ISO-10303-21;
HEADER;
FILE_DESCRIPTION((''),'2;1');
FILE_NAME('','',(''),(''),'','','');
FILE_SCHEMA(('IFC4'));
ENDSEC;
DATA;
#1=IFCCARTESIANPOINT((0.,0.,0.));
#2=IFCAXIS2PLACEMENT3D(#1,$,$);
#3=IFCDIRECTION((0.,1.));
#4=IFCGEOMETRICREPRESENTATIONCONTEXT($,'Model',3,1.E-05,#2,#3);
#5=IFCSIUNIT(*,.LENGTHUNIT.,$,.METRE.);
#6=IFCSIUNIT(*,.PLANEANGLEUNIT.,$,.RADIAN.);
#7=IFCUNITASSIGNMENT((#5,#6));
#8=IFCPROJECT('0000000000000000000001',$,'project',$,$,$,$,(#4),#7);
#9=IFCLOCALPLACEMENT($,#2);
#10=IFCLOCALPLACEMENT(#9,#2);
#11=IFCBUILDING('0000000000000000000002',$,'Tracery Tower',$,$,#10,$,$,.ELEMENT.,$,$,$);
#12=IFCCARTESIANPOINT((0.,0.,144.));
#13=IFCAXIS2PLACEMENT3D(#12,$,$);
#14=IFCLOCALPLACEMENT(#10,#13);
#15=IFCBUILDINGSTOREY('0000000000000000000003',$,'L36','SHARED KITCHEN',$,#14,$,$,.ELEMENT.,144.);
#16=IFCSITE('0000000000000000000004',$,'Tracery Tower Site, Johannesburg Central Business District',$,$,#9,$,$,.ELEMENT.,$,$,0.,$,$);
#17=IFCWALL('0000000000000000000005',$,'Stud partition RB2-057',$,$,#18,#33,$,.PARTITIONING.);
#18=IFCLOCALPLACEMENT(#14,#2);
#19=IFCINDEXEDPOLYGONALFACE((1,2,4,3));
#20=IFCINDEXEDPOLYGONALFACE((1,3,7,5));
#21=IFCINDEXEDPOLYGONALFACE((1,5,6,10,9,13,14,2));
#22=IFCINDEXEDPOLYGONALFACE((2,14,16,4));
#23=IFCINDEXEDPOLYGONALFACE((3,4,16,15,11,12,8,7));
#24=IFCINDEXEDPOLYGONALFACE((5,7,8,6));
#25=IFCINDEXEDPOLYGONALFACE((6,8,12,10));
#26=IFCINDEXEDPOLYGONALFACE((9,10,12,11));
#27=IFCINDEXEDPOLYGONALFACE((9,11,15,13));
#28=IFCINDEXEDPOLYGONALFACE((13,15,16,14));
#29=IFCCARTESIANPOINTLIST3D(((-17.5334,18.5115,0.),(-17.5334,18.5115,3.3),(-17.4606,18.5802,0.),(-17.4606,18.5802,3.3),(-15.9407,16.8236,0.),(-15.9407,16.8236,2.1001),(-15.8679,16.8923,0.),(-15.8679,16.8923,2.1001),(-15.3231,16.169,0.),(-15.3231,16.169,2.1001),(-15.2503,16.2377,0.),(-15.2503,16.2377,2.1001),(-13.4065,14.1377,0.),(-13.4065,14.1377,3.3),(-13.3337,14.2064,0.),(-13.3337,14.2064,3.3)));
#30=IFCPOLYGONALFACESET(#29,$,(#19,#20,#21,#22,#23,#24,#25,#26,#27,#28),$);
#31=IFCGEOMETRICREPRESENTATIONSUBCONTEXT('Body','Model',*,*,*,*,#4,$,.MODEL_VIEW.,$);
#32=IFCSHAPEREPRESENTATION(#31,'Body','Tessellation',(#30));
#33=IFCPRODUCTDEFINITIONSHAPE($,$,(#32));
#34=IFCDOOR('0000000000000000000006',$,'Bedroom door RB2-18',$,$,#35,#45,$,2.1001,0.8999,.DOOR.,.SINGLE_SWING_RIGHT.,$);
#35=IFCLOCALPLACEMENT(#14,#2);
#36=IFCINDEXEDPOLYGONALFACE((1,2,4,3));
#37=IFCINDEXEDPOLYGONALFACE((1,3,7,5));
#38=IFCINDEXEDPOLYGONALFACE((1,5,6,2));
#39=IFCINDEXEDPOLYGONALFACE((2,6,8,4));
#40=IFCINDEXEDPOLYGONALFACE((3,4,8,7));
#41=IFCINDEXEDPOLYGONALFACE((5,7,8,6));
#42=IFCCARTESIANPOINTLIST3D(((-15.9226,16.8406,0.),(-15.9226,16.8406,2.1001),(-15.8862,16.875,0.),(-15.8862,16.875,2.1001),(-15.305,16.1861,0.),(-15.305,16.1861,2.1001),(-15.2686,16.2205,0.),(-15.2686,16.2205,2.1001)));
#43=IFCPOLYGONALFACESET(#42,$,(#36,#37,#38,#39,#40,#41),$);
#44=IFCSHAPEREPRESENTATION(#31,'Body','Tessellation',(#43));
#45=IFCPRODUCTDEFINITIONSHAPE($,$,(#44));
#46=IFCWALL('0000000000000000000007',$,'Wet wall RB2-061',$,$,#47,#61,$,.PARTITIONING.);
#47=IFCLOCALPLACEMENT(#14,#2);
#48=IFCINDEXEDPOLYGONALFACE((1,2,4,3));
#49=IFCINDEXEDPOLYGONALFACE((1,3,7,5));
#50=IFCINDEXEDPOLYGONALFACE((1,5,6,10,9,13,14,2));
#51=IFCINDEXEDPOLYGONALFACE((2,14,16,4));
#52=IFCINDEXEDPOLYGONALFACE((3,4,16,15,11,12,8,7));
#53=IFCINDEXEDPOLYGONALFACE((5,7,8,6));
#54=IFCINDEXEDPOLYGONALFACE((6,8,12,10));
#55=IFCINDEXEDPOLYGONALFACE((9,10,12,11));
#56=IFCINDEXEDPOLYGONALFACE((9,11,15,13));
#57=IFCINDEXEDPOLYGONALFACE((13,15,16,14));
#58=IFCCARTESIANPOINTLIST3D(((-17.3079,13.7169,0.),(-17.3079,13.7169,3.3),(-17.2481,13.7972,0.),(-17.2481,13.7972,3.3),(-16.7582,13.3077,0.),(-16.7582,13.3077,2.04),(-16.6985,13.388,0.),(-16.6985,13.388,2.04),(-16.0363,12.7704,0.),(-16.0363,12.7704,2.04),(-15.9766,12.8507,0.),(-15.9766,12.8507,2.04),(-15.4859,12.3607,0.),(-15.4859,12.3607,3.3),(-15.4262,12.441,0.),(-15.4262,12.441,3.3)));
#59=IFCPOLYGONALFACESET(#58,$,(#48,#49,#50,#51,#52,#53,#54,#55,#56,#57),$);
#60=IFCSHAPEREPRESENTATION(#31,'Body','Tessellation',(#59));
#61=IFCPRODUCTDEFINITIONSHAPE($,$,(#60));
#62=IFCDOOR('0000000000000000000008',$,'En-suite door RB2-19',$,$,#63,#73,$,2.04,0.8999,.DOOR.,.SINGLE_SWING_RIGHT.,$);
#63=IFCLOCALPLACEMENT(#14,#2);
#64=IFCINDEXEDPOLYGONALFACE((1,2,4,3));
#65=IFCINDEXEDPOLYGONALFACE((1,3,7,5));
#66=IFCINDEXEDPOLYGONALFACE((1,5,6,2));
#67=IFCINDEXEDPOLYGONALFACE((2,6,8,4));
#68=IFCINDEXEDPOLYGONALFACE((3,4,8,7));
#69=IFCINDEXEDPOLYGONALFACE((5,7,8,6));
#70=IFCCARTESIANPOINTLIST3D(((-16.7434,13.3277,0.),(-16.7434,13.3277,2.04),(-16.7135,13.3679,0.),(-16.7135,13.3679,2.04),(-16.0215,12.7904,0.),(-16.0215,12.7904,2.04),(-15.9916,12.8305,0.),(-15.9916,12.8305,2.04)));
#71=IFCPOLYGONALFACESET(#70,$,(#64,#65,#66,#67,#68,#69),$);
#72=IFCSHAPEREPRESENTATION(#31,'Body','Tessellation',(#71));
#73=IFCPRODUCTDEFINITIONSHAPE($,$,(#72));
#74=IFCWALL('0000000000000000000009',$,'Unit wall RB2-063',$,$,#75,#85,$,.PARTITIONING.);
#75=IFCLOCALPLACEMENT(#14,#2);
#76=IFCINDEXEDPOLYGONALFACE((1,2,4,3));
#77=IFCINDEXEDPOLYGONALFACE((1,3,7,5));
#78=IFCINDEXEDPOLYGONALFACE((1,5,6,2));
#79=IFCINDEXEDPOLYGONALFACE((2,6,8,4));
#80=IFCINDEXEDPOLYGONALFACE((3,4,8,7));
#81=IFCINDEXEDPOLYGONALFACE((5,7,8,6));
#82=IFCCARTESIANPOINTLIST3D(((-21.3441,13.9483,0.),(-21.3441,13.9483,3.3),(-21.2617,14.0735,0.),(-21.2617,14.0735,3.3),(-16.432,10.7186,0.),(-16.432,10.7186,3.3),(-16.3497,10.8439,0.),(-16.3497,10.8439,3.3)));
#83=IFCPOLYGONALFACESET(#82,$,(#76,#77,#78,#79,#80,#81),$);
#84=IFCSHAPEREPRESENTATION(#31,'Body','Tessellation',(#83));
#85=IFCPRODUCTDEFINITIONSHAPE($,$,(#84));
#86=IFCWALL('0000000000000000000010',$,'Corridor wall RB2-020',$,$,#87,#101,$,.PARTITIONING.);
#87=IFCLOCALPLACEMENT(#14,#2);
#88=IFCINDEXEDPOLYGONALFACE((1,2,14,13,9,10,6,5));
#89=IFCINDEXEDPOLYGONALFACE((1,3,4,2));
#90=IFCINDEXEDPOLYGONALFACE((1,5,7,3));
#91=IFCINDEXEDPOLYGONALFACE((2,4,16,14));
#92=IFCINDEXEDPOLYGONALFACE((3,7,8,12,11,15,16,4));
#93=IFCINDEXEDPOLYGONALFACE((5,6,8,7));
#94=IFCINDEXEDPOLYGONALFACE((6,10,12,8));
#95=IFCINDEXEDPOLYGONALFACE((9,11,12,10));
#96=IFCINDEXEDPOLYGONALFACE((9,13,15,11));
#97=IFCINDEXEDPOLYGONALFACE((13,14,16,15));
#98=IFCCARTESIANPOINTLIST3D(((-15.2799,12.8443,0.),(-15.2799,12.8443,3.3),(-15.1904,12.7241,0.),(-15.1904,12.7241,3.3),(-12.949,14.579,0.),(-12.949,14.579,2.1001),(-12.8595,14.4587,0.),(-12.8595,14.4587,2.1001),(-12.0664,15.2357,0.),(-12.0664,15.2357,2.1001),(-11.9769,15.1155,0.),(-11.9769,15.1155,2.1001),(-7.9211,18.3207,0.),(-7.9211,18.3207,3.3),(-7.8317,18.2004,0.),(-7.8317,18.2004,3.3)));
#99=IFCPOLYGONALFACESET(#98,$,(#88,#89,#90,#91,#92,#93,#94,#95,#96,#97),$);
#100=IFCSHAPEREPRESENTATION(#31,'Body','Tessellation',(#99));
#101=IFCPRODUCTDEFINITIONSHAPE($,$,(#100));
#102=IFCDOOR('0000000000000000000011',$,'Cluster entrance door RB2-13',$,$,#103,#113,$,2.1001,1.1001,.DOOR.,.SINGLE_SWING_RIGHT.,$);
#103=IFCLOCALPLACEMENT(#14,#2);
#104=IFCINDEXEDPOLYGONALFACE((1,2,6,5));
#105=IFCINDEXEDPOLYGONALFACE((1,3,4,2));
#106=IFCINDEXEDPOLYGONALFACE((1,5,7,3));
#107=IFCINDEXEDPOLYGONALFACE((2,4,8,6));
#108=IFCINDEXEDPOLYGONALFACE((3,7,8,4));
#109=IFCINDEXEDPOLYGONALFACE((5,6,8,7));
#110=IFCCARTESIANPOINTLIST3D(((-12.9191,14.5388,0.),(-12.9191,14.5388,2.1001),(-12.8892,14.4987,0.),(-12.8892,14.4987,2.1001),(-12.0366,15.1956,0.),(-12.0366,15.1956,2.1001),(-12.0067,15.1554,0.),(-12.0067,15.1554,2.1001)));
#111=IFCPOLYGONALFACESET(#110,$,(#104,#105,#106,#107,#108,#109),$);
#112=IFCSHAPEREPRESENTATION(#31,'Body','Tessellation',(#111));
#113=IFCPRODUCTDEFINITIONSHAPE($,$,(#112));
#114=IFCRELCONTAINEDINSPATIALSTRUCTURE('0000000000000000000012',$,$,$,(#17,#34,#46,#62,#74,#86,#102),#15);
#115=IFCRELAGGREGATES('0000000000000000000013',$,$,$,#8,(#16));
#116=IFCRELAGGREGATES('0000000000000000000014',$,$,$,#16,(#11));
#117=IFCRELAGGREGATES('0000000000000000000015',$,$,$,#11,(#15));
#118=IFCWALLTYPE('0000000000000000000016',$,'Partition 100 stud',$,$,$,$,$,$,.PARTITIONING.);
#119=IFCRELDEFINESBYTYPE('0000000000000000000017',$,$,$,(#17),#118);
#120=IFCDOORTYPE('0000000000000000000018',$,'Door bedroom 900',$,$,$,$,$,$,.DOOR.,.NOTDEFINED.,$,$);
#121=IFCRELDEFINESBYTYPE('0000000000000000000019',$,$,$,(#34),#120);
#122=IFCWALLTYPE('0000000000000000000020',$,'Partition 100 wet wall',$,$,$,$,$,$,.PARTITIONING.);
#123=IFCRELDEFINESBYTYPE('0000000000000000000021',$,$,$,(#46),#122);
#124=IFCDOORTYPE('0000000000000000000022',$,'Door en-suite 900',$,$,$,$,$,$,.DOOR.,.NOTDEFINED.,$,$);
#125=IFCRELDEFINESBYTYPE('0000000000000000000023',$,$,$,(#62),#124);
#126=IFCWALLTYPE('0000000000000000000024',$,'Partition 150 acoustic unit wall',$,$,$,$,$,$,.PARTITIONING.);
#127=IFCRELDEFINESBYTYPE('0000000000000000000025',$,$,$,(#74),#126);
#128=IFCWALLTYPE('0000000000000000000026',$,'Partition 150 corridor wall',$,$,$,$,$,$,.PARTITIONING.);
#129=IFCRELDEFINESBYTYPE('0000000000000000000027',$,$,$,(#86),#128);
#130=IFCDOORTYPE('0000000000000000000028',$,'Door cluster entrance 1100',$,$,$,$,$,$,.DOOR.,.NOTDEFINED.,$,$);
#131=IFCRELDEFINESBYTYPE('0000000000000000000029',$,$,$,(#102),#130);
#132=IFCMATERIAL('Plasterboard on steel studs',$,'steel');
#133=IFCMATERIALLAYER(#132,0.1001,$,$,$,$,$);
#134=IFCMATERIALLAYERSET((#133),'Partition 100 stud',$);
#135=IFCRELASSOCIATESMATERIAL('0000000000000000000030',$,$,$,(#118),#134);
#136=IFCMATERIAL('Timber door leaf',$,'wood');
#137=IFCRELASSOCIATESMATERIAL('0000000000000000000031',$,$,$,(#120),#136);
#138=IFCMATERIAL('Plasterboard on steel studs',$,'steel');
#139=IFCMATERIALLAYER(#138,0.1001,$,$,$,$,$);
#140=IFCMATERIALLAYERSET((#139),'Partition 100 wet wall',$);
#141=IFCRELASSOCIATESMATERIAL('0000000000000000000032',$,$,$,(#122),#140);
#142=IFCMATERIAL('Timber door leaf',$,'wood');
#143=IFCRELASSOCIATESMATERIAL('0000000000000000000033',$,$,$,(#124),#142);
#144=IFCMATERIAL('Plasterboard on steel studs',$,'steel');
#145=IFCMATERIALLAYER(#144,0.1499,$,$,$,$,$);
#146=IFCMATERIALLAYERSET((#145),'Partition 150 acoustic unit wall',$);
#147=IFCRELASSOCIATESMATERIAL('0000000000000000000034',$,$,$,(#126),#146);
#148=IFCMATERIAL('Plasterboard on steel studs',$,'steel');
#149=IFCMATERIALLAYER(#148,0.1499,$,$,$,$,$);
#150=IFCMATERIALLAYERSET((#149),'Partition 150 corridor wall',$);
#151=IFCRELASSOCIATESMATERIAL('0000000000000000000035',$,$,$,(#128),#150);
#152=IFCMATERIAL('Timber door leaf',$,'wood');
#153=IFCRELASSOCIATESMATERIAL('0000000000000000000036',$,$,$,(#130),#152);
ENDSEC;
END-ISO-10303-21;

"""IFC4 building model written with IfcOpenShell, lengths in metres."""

from ifc_helpers import new_model, si_unit, direction, frame, frame_2d, origin, place, context, subcontext, project, spatial, rectangle, extrude, material, layer, layer_set, type_object, element, fill, save


model = new_model("IFC4")

# Units and contexts
model_context = context("Model", 3, precision=1e-05, world=origin(), true_north=direction((0.0, 1.0)))
body_context = subcontext(model_context, "Body", "Model", "MODEL_VIEW")
ifc_project = project(units=[si_unit("LENGTHUNIT", "METRE"), si_unit("PLANEANGLEUNIT", "RADIAN")], contexts=[model_context])

# Site, building, storey
site_placement = place(None, origin())
site = spatial("IfcSite", under=ifc_project, at=site_placement, Name="Tracery Tower Site, Johannesburg Central Business District", CompositionType="ELEMENT", RefElevation=0.0)
building_placement = place(site_placement, origin())
building = spatial("IfcBuilding", under=site, at=building_placement, Name="Tracery Tower", CompositionType="ELEMENT")
storey_placement = place(building_placement, frame((0.0, 0.0, 144.0)))
storey = spatial("IfcBuildingStorey", under=building, at=storey_placement, Name="L36", Description="SHARED KITCHEN", CompositionType="ELEMENT", Elevation=144.0)

# Walls, openings, doors
ifc_material_1 = material(Name="Plasterboard on steel studs", Category="steel")
ifc_layer_1 = layer(ifc_material_1, 0.1001)
ifc_layer_set_1 = layer_set([ifc_layer_1], Name="Partition 100 stud")
wall_type_1 = type_object("IfcWallType", Name="Partition 100 stud", PredefinedType="PARTITIONING", material=ifc_layer_set_1)
wall_1_placement = place(storey_placement, frame((-17.4971, 18.5459, 0.0), z_axis=(0.0, 0.0, 1.0), x_axis=(0.686286, -0.727332, 0.0)))
wall_1 = element("IfcWall", 1, at=wall_1_placement, inside=storey, type_object=wall_type_1, Name="Stud partition RB2-057", PredefinedType="PARTITIONING", context=body_context, shape_type="SweptSolid", body=[
    extrude(rectangle(XDim=6.0134, YDim=0.1001, at=frame_2d((3.0068, 0.0))), origin(), (0.0, 0.0, 1.0), 3.3),
])
opening_1_placement = place(wall_1_placement, frame((2.3208, 0.0, 0.0)))
opening_1 = element("IfcOpeningElement", 2, at=opening_1_placement, cuts=wall_1, PredefinedType="OPENING", context=body_context, shape_type="SweptSolid", body=[
    extrude(rectangle(XDim=0.8999, YDim=2.1001, at=frame_2d((0.45, 1.05))), frame((0.0, 0.05, 0.0), z_axis=(0.0, -1.0, 0.0), x_axis=(1.0, 0.0, 0.0)), (0.0, 0.0, 1.0), 0.1001),
])
ifc_material_2 = material(Name="Timber door leaf", Category="wood")
door_type_1 = type_object("IfcDoorType", Name="Door bedroom 900", OperationType="NOTDEFINED", PredefinedType="DOOR", material=ifc_material_2)
door_1_placement = place(opening_1_placement, origin())
door_1 = element("IfcDoor", 3, at=door_1_placement, inside=storey, type_object=door_type_1, Name="Bedroom door RB2-18", OperationType="SINGLE_SWING_RIGHT", OverallHeight=2.1001, OverallWidth=0.8999, PredefinedType="DOOR", context=body_context, shape_type="SweptSolid", body=[
    extrude(rectangle(XDim=0.8999, YDim=2.1001, at=frame_2d((0.45, 1.05))), frame((0.0, 0.0249, 0.0), z_axis=(0.0, -1.0, 0.0), x_axis=(1.0, 0.0, 0.0)), (0.0, 0.0, 1.0), 0.05),
])
fill(opening_1, door_1)
ifc_material_3 = material(Name="Plasterboard on steel studs", Category="steel")
ifc_layer_2 = layer(ifc_material_3, 0.1001)
ifc_layer_set_2 = layer_set([ifc_layer_2], Name="Partition 100 wet wall")
wall_type_2 = type_object("IfcWallType", Name="Partition 100 wet wall", PredefinedType="PARTITIONING", material=ifc_layer_set_2)
wall_2_placement = place(storey_placement, frame((-17.2781, 13.7571, 0.0), z_axis=(0.0, 0.0, 1.0), x_axis=(0.802175, -0.59709, 0.0)))
wall_2 = element("IfcWall", 4, at=wall_2_placement, inside=storey, type_object=wall_type_2, Name="Wet wall RB2-061", PredefinedType="PARTITIONING", context=body_context, shape_type="SweptSolid", body=[
    extrude(rectangle(XDim=2.2712, YDim=0.1001, at=frame_2d((1.1357, 0.0))), origin(), (0.0, 0.0, 1.0), 3.3),
])
opening_2_placement = place(wall_2_placement, frame((0.6853, 0.0, 0.0)))
opening_2 = element("IfcOpeningElement", 5, at=opening_2_placement, cuts=wall_2, PredefinedType="OPENING", context=body_context, shape_type="SweptSolid", body=[
    extrude(rectangle(XDim=0.8999, YDim=2.04, at=frame_2d((0.45, 1.02))), frame((0.0, 0.05, 0.0), z_axis=(0.0, -1.0, 0.0), x_axis=(1.0, 0.0, 0.0)), (0.0, 0.0, 1.0), 0.1001),
])
ifc_material_4 = material(Name="Timber door leaf", Category="wood")
door_type_2 = type_object("IfcDoorType", Name="Door en-suite 900", OperationType="NOTDEFINED", PredefinedType="DOOR", material=ifc_material_4)
door_2_placement = place(opening_2_placement, origin())
door_2 = element("IfcDoor", 6, at=door_2_placement, inside=storey, type_object=door_type_2, Name="En-suite door RB2-19", OperationType="SINGLE_SWING_RIGHT", OverallHeight=2.04, OverallWidth=0.8999, PredefinedType="DOOR", context=body_context, shape_type="SweptSolid", body=[
    extrude(rectangle(XDim=0.8999, YDim=2.04, at=frame_2d((0.45, 1.02))), frame((0.0, 0.0249, 0.0), z_axis=(0.0, -1.0, 0.0), x_axis=(1.0, 0.0, 0.0)), (0.0, 0.0, 1.0), 0.05),
])
fill(opening_2, door_2)

# Wall
ifc_material_5 = material(Name="Plasterboard on steel studs", Category="steel")
ifc_layer_3 = layer(ifc_material_5, 0.1499)
ifc_layer_set_3 = layer_set([ifc_layer_3], Name="Partition 150 acoustic unit wall")
wall_type_3 = type_object("IfcWallType", Name="Partition 150 acoustic unit wall", PredefinedType="PARTITIONING", material=ifc_layer_set_3)
wall_3_placement = place(storey_placement, frame((-21.303, 14.011, 0.0), z_axis=(0.0, 0.0, 1.0), x_axis=(0.835567, -0.549389, 0.0)))
element("IfcWall", 7, at=wall_3_placement, inside=storey, type_object=wall_type_3, Name="Unit wall RB2-063", PredefinedType="PARTITIONING", context=body_context, shape_type="SweptSolid", body=[
    extrude(rectangle(XDim=5.8787, YDim=0.1499, at=frame_2d((2.9395, 0.0))), origin(), (0.0, 0.0, 1.0), 3.3),
])

# Wall, opening, door
ifc_material_6 = material(Name="Plasterboard on steel studs", Category="steel")
ifc_layer_4 = layer(ifc_material_6, 0.1499)
ifc_layer_set_4 = layer_set([ifc_layer_4], Name="Partition 150 corridor wall")
wall_type_4 = type_object("IfcWallType", Name="Partition 150 corridor wall", PredefinedType="PARTITIONING", material=ifc_layer_set_4)
wall_4_placement = place(storey_placement, frame((-15.2351, 12.7842, 0.0), z_axis=(0.0, 0.0, 1.0), x_axis=(0.802227, 0.597019, 0.0)))
wall_4 = element("IfcWall", 8, at=wall_4_placement, inside=storey, type_object=wall_type_4, Name="Corridor wall RB2-020", PredefinedType="PARTITIONING", context=body_context, shape_type="SweptSolid", body=[
    extrude(rectangle(XDim=9.1729, YDim=0.1499, at=frame_2d((4.5864, 0.0))), origin(), (0.0, 0.0, 1.0), 3.3),
])
opening_3_placement = place(wall_4_placement, frame((2.9055, 0.0, 0.0)))
opening_3 = element("IfcOpeningElement", 9, at=opening_3_placement, cuts=wall_4, PredefinedType="OPENING", context=body_context, shape_type="SweptSolid", body=[
    extrude(rectangle(XDim=1.1001, YDim=2.1001, at=frame_2d((0.55, 1.05))), frame((0.0, 0.075, 0.0), z_axis=(0.0, -1.0, 0.0), x_axis=(1.0, 0.0, 0.0)), (0.0, 0.0, 1.0), 0.1499),
])
ifc_material_7 = material(Name="Timber door leaf", Category="wood")
door_type_3 = type_object("IfcDoorType", Name="Door cluster entrance 1100", OperationType="NOTDEFINED", PredefinedType="DOOR", material=ifc_material_7)
door_3_placement = place(opening_3_placement, origin())
door_3 = element("IfcDoor", 10, at=door_3_placement, inside=storey, type_object=door_type_3, Name="Cluster entrance door RB2-13", OperationType="SINGLE_SWING_RIGHT", OverallHeight=2.1001, OverallWidth=1.1001, PredefinedType="DOOR", context=body_context, shape_type="SweptSolid", body=[
    extrude(rectangle(XDim=1.1001, YDim=2.1001, at=frame_2d((0.55, 1.05))), frame((0.0, 0.0249, 0.0), z_axis=(0.0, -1.0, 0.0), x_axis=(1.0, 0.0, 0.0)), (0.0, 0.0, 1.0), 0.05),
])
fill(opening_3, door_3)

save(model, "model.ifc")
